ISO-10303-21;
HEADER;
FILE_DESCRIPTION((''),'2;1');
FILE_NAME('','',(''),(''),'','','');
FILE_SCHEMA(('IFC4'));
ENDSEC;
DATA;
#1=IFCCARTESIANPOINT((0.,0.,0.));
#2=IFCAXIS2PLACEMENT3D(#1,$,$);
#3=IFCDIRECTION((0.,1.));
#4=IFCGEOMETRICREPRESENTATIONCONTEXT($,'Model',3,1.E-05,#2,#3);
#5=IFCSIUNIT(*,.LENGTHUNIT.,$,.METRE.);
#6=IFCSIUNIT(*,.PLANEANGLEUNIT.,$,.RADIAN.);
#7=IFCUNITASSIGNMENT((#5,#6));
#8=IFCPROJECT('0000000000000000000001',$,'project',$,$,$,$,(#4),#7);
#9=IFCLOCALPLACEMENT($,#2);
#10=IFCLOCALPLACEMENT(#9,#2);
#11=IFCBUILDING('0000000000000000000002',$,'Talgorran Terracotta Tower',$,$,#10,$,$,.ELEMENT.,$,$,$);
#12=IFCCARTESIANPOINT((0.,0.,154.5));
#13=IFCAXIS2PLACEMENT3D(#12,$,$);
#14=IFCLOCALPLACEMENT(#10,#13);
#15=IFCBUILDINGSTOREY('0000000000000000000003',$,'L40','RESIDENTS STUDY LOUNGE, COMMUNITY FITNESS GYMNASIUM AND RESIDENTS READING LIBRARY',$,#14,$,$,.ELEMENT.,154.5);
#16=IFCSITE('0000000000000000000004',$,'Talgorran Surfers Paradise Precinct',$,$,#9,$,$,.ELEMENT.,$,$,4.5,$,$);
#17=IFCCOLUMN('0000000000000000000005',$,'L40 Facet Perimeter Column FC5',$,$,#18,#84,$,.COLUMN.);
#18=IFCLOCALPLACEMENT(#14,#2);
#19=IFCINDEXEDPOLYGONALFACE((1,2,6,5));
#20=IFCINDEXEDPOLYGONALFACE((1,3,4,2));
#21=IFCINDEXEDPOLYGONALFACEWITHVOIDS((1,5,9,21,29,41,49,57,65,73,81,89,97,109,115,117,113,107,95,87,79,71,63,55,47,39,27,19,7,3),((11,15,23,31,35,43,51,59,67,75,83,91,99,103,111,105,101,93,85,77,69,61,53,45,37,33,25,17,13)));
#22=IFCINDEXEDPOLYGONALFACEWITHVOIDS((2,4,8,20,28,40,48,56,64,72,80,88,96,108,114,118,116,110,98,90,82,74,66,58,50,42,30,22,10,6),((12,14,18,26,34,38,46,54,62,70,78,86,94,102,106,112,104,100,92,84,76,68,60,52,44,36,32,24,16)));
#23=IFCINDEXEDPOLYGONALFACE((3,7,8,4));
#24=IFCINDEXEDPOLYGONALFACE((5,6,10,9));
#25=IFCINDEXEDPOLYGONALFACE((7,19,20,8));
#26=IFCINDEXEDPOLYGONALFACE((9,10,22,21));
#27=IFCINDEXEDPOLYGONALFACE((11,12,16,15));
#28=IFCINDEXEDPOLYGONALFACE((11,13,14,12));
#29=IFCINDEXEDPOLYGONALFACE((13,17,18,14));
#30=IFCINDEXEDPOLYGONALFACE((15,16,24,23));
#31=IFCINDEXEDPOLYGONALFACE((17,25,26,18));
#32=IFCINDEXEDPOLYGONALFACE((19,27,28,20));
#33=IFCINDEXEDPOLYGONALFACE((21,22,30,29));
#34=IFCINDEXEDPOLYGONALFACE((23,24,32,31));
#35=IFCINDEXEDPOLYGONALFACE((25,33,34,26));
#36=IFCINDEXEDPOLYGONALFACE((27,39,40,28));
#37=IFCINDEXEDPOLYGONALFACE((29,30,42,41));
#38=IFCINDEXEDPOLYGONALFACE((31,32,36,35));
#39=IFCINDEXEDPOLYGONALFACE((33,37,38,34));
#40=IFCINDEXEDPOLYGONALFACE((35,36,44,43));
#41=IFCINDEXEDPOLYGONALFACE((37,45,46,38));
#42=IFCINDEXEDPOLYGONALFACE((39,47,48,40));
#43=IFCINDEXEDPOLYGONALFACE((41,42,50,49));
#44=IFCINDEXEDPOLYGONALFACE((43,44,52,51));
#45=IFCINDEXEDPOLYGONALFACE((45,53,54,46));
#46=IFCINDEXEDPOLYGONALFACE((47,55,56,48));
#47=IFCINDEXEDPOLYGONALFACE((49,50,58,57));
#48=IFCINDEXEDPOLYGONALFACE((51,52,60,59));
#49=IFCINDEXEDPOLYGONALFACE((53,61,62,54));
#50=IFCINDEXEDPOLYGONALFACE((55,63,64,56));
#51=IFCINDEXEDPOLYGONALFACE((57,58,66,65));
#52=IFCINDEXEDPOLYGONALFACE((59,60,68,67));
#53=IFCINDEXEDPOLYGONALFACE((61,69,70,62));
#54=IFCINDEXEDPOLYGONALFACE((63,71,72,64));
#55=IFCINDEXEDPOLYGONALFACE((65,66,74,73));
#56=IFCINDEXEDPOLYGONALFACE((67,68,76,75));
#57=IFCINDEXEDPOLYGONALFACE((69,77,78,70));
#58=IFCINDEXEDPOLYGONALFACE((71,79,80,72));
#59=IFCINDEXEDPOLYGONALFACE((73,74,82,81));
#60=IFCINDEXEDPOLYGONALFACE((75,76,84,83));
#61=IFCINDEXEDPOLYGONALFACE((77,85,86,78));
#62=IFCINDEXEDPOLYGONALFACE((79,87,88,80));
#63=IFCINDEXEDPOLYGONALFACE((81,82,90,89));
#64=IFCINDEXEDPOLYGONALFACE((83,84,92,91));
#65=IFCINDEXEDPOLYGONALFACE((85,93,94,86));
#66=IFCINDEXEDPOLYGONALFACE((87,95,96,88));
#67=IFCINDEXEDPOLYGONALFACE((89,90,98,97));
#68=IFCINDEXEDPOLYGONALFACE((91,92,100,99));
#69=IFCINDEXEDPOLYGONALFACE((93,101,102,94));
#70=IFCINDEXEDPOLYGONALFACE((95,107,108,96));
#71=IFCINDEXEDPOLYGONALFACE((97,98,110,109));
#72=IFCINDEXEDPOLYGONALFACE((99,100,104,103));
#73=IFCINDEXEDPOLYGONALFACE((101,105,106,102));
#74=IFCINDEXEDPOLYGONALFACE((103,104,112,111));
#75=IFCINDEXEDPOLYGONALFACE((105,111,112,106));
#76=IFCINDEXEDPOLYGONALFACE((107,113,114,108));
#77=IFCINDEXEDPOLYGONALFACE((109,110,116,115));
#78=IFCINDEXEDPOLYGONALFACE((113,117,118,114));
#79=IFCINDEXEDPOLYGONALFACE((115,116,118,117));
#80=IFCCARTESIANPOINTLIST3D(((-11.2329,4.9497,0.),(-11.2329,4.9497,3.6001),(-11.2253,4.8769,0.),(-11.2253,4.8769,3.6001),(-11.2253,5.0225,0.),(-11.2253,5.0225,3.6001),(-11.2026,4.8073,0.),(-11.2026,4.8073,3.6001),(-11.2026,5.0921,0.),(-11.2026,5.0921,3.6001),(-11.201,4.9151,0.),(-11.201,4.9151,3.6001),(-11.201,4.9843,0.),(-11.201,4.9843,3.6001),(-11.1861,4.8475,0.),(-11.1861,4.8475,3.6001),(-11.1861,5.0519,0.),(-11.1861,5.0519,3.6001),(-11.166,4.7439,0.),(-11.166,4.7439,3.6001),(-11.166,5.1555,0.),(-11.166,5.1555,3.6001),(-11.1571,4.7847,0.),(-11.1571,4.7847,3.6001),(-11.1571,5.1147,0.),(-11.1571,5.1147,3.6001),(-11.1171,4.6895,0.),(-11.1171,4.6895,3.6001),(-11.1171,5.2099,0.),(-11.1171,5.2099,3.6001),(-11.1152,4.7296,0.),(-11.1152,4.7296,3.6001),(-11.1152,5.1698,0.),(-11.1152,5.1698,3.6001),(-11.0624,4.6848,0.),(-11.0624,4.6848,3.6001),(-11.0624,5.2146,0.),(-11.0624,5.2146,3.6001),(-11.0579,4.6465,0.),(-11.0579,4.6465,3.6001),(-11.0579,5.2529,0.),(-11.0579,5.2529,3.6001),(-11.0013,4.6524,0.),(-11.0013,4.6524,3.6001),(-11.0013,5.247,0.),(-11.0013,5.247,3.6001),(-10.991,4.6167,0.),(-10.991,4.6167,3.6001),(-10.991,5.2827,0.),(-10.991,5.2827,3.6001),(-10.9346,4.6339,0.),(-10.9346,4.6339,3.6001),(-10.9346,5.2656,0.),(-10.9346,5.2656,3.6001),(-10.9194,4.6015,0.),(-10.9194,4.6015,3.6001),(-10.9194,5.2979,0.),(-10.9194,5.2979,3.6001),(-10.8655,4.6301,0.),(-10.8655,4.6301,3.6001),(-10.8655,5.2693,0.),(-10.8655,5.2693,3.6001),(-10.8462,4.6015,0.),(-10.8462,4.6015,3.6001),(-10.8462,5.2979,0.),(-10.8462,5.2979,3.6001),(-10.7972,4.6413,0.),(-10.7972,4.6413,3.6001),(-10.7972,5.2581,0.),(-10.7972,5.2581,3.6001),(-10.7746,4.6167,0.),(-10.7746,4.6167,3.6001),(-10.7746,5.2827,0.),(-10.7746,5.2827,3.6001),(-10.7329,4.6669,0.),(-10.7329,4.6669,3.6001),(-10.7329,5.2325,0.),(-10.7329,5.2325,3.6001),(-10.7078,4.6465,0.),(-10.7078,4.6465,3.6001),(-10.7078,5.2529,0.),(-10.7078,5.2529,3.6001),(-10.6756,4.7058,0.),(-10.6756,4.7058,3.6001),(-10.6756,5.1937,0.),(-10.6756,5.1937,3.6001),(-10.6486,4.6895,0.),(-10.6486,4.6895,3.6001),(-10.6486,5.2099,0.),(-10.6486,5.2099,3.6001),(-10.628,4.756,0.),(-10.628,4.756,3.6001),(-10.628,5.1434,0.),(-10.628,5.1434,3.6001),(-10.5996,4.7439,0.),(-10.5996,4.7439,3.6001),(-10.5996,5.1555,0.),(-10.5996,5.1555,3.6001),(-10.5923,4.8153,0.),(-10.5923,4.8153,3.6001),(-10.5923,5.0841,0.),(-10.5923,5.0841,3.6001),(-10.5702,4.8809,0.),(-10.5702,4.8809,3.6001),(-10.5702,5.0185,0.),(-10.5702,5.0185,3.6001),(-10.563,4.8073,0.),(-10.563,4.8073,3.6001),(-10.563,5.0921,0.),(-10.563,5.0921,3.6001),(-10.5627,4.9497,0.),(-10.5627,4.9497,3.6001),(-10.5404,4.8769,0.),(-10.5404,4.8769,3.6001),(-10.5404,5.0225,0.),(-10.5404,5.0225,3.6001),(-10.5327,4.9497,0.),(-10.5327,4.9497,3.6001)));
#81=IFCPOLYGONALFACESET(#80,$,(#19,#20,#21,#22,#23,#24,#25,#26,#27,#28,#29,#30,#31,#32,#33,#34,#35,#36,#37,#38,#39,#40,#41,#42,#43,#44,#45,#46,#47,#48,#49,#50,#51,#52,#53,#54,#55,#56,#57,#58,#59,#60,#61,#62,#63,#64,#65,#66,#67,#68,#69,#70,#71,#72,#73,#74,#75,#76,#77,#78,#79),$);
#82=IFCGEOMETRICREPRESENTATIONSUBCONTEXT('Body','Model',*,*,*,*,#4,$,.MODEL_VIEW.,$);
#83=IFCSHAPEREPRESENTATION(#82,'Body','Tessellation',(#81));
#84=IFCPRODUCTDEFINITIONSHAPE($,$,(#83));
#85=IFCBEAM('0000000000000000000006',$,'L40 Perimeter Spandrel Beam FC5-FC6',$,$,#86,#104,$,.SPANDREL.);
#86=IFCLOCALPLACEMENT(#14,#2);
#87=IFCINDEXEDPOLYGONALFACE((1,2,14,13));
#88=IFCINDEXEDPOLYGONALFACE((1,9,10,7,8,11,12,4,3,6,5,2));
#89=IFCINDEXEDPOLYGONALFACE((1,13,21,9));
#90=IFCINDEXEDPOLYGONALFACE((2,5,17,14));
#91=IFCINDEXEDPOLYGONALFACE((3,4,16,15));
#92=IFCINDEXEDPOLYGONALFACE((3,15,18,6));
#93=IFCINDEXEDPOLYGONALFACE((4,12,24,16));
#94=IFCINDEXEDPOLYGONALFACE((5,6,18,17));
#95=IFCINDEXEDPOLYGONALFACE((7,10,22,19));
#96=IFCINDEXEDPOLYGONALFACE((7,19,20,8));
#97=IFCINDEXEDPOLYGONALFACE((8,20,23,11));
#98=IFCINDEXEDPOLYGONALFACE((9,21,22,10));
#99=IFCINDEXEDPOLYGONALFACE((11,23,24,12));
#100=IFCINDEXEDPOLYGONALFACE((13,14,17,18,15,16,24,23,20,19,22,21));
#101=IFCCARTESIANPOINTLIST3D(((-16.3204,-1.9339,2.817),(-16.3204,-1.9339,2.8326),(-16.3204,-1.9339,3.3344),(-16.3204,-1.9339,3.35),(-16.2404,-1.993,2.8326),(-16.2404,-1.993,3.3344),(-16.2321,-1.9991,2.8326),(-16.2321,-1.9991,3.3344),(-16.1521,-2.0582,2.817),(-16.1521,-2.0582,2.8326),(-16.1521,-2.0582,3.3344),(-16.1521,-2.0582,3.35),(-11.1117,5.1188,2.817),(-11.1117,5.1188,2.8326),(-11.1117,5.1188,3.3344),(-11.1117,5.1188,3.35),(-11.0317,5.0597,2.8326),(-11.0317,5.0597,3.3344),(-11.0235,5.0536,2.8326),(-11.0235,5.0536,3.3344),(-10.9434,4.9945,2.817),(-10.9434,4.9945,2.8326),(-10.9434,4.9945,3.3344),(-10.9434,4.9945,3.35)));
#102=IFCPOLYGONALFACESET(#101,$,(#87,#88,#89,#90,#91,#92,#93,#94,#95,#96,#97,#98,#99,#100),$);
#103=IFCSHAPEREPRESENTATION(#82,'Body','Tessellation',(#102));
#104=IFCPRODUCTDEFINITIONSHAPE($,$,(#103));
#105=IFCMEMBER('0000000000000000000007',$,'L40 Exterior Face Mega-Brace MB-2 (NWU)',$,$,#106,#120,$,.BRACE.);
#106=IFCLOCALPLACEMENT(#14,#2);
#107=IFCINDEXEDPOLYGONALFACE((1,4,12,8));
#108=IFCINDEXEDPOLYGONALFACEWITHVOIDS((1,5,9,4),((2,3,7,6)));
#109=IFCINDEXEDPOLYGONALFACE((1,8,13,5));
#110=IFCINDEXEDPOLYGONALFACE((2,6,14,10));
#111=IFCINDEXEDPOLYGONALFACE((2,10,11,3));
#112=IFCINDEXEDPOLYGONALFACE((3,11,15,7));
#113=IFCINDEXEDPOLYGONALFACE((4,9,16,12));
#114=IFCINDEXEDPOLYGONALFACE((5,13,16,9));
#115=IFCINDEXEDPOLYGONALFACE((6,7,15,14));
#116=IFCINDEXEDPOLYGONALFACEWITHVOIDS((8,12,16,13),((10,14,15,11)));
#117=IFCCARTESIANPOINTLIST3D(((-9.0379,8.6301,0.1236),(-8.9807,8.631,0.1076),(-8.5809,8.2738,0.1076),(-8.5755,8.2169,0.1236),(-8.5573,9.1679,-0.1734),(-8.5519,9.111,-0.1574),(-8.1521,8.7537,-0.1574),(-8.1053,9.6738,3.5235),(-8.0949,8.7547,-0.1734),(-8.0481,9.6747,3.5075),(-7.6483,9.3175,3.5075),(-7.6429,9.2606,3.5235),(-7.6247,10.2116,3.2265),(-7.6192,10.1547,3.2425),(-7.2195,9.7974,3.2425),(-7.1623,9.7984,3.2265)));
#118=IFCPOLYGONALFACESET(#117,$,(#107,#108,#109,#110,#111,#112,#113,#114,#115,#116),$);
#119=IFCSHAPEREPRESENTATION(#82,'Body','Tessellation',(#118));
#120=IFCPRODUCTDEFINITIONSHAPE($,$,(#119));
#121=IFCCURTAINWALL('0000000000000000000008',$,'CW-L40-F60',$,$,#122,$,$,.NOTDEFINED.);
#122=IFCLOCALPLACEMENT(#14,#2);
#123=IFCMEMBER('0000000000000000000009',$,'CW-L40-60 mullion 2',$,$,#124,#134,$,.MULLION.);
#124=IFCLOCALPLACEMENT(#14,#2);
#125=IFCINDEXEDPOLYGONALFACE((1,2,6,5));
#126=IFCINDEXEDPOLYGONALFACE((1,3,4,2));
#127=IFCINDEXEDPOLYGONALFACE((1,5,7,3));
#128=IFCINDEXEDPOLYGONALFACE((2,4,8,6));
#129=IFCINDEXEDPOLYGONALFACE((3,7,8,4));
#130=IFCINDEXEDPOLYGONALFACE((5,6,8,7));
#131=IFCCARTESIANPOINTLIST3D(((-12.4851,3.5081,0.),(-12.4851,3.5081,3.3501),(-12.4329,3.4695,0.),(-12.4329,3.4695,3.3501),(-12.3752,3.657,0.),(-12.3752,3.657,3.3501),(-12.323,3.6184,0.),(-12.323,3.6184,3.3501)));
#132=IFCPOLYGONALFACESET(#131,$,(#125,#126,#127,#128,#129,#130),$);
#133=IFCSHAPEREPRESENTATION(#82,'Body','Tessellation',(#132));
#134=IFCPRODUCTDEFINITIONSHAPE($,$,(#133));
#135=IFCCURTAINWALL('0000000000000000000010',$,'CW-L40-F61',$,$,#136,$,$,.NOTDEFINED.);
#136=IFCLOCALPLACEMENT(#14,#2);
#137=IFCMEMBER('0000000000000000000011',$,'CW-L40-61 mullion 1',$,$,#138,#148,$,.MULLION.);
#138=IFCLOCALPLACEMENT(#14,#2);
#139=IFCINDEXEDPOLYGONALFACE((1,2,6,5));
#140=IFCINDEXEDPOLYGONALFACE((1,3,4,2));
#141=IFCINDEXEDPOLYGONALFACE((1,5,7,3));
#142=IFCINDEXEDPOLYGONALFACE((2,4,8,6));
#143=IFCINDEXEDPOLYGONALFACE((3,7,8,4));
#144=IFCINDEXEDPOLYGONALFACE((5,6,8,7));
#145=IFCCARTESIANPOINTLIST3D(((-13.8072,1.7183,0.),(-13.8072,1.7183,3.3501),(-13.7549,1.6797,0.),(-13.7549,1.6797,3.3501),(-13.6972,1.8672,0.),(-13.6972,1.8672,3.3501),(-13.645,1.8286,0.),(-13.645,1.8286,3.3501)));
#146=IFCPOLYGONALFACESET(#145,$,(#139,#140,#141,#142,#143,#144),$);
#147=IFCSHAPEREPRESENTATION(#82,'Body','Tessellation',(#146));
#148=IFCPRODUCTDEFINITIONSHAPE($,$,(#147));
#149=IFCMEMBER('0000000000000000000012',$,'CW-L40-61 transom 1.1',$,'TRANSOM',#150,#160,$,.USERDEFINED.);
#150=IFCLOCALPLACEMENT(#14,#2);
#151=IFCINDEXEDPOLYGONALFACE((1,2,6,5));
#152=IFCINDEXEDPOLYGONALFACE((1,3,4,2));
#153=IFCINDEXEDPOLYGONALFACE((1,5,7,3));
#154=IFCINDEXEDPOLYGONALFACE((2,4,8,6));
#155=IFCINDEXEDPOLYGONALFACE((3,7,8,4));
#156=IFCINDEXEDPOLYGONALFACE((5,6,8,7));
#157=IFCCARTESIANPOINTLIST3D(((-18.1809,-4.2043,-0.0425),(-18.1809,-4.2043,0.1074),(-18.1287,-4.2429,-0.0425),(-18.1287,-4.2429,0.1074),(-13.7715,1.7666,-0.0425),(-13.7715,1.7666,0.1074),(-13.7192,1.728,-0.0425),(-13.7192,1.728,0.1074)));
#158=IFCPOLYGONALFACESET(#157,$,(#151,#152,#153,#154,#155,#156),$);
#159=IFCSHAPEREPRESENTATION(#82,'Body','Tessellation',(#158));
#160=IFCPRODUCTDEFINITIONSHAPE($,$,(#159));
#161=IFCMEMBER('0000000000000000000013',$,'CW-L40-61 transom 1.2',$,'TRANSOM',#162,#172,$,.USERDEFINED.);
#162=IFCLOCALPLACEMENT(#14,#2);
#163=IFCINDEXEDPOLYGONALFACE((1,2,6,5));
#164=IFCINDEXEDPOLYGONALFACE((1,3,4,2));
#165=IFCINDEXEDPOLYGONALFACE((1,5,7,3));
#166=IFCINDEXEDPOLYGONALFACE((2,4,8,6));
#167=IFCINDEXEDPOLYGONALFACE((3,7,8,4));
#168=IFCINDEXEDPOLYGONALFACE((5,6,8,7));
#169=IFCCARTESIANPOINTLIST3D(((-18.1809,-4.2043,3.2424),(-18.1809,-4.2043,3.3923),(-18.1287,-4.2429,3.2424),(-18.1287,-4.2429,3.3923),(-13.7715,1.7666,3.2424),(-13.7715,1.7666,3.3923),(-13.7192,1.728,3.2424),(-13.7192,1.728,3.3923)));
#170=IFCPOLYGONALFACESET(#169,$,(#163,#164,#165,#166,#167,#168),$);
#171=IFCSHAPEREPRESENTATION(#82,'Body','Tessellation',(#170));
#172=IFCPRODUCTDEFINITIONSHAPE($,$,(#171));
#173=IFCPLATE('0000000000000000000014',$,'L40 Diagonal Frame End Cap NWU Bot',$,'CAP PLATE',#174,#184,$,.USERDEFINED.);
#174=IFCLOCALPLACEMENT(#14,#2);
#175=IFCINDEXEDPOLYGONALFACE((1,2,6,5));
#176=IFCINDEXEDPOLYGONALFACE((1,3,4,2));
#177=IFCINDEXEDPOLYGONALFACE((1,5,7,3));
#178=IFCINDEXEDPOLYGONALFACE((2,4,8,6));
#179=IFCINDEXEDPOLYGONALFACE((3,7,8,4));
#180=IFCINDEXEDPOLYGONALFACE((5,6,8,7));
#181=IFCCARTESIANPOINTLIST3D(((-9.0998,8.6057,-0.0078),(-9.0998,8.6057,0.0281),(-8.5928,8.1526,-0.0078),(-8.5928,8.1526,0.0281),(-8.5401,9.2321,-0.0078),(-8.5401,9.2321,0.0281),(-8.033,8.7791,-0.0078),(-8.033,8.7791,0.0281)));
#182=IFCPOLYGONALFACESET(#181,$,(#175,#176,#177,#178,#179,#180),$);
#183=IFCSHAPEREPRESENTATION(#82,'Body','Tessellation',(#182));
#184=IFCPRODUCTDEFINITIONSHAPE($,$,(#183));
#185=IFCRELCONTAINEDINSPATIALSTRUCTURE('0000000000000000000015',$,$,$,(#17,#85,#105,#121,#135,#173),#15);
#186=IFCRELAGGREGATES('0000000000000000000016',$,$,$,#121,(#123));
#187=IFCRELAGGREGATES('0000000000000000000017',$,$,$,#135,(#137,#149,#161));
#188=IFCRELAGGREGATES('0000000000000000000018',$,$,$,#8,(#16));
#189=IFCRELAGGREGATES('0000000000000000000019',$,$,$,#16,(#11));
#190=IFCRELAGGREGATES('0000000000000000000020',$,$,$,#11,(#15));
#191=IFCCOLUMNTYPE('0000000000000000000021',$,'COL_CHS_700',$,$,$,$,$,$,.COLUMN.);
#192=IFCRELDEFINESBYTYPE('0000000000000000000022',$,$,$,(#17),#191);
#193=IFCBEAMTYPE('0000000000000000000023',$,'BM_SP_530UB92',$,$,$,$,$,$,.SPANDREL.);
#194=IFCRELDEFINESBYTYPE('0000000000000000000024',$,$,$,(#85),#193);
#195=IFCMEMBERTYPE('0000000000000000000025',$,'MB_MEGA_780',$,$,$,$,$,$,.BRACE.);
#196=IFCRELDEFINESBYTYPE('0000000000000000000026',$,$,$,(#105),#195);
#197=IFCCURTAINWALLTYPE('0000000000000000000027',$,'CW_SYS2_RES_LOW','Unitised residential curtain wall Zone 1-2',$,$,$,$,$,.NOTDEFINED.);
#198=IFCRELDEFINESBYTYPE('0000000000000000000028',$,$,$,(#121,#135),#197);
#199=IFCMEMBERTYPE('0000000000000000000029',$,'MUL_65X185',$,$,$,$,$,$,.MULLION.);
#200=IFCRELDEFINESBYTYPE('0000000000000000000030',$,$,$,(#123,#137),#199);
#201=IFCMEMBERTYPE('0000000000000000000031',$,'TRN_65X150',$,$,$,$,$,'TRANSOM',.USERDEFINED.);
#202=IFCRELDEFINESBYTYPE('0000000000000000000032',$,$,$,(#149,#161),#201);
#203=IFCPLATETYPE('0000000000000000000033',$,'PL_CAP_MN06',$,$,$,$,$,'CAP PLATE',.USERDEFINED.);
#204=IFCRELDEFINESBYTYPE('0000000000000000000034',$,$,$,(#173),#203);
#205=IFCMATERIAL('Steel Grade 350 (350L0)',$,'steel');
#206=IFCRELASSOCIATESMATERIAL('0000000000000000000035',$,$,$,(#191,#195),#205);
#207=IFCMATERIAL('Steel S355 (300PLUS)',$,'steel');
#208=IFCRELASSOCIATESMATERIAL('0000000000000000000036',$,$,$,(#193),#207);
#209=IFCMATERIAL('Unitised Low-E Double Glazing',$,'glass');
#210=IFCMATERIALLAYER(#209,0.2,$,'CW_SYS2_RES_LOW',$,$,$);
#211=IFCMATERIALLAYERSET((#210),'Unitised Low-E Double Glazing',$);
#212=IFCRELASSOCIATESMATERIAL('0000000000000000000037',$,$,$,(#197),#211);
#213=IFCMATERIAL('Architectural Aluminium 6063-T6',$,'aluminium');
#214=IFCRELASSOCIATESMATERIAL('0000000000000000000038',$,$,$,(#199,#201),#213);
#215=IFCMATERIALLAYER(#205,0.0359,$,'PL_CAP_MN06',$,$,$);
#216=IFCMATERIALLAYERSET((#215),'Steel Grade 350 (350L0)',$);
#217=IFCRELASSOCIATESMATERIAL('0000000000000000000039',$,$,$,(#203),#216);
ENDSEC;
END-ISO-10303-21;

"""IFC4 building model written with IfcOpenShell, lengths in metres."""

from ifc_helpers import new_model, si_unit, direction, frame, origin, origin_2d, place, context, subcontext, project, spatial, rectangle, hollow_rectangle, hollow_circle, i_section, extrude, material, layer, layer_set, material_profile, profile_set, type_object, element, aggregate, save


model = new_model("IFC4")

# Units and contexts
model_context = context("Model", 3, precision=1e-05, world=origin(), true_north=direction((0.0, 1.0)))
body_context = subcontext(model_context, "Body", "Model", "MODEL_VIEW")
ifc_project = project(units=[si_unit("LENGTHUNIT", "METRE"), si_unit("PLANEANGLEUNIT", "RADIAN")], contexts=[model_context])

# Site, building, storey
site_placement = place(None, origin())
site = spatial("IfcSite", under=ifc_project, at=site_placement, Name="Talgorran Surfers Paradise Precinct", CompositionType="ELEMENT", RefElevation=4.5)
building_placement = place(site_placement, origin())
building = spatial("IfcBuilding", under=site, at=building_placement, Name="Talgorran Terracotta Tower", CompositionType="ELEMENT")
storey_placement = place(building_placement, frame((0.0, 0.0, 154.5)))
storey = spatial("IfcBuildingStorey", under=building, at=storey_placement, Name="L40", Description="RESIDENTS STUDY LOUNGE, COMMUNITY FITNESS GYMNASIUM AND RESIDENTS READING LIBRARY", CompositionType="ELEMENT", Elevation=154.5)

# Column
ifc_material_1 = material(Name="Steel Grade 350 (350L0)", Category="steel")
ifc_material_profile_1 = material_profile(ifc_material_1, hollow_circle(Radius=0.3501, WallThickness=0.03, at=origin_2d()), Name="CHS700X30")
ifc_profile_set_1 = profile_set([ifc_material_profile_1], Name="Steel Grade 350 (350L0)")
column_type = type_object("IfcColumnType", Name="COL_CHS_700", PredefinedType="COLUMN", material=ifc_profile_set_1)
column_placement = place(storey_placement, frame((-10.8828, 4.9497, 0.0), z_axis=(0.0, 0.0, 1.0), x_axis=(1.0, 0.0, 0.0)))
element("IfcColumn", 1, at=column_placement, inside=storey, type_object=column_type, Name="L40 Facet Perimeter Column FC5", PredefinedType="COLUMN", context=body_context, shape_type="SweptSolid", body=[
    extrude(hollow_circle(Radius=0.3501, WallThickness=0.03, at=origin_2d()), origin(), (0.0, 0.0, 1.0), 3.6001),
])

# Beam
ifc_material_2 = material(Name="Steel S355 (300PLUS)", Category="steel")
ifc_material_profile_2 = material_profile(ifc_material_2, i_section(OverallWidth=0.2092, OverallDepth=0.533, WebThickness=0.0103, FlangeThickness=0.0156, at=origin_2d()), Name="530UB92.4")
ifc_profile_set_2 = profile_set([ifc_material_profile_2], Name="Steel S355 (300PLUS)")
beam_type = type_object("IfcBeamType", Name="BM_SP_530UB92", PredefinedType="SPANDREL", material=ifc_profile_set_2)
beam_placement = place(storey_placement, frame((-11.0276, 5.0566, 3.0835), z_axis=(-0.594085, -0.804402, 0.0), x_axis=(0.804402, -0.594085, 0.0)))
element("IfcBeam", 2, at=beam_placement, inside=storey, type_object=beam_type, Name="L40 Perimeter Spandrel Beam FC5-FC6", PredefinedType="SPANDREL", context=body_context, shape_type="SweptSolid", body=[
    extrude(i_section(OverallWidth=0.2092, OverallDepth=0.533, WebThickness=0.0103, FlangeThickness=0.0156, at=origin_2d()), origin(), (0.0, 0.0, 1.0), 8.7676),
])

# Member
ifc_material_profile_3 = material_profile(ifc_material_1, hollow_rectangle(XDim=0.6201, YDim=0.78, WallThickness=0.042, at=origin_2d()), Name="WBOX780X620X42")
ifc_profile_set_3 = profile_set([ifc_material_profile_3], Name="Steel Grade 350 (350L0)")
member_type_1 = type_object("IfcMemberType", Name="MB_MEGA_780", PredefinedType="BRACE", material=ifc_profile_set_3)
member_1_placement = place(storey_placement, frame((-8.5664, 8.6924, -0.0249), z_axis=(0.253653, 0.283866, 0.924705), x_axis=(-0.745675, 0.66631, 0.0)))
element("IfcMember", 3, at=member_1_placement, inside=storey, type_object=member_type_1, Name="L40 Exterior Face Mega-Brace MB-2 (NWU)", PredefinedType="BRACE", context=body_context, shape_type="SweptSolid", body=[
    extrude(hollow_rectangle(XDim=0.6201, YDim=0.78, WallThickness=0.042, at=origin_2d()), origin(), (0.0, 0.0, 1.0), 3.6768),
])

# Curtain wall, member
ifc_material_3 = material(Name="Unitised Low-E Double Glazing", Category="glass")
ifc_layer_1 = layer(ifc_material_3, 0.2, Name="CW_SYS2_RES_LOW")
ifc_layer_set_1 = layer_set([ifc_layer_1], Name="Unitised Low-E Double Glazing")
curtain_wall_type = type_object("IfcCurtainWallType", Name="CW_SYS2_RES_LOW", Description="Unitised residential curtain wall Zone 1-2", PredefinedType="NOTDEFINED", material=ifc_layer_set_1)
curtain_wall_1_placement = place(storey_placement, origin())
curtain_wall_1 = element("IfcCurtainWall", 4, at=curtain_wall_1_placement, inside=storey, type_object=curtain_wall_type, Name="CW-L40-F60", PredefinedType="NOTDEFINED")
ifc_material_4 = material(Name="Architectural Aluminium 6063-T6", Category="aluminium")
ifc_material_profile_4 = material_profile(ifc_material_4, rectangle(XDim=0.0649, YDim=0.1851, at=origin_2d()), Name="CWM65X185")
ifc_profile_set_4 = profile_set([ifc_material_profile_4], Name="Architectural Aluminium 6063-T6")
member_type_2 = type_object("IfcMemberType", Name="MUL_65X185", PredefinedType="MULLION", material=ifc_profile_set_4)
member_2_placement = place(storey_placement, frame((-12.4041, 3.5632, 0.0), z_axis=(0.0, 0.0, 1.0), x_axis=(0.804412, -0.594072, 0.0)))
member_2 = element("IfcMember", 5, at=member_2_placement, type_object=member_type_2, Name="CW-L40-60 mullion 2", PredefinedType="MULLION", context=body_context, shape_type="SweptSolid", body=[
    extrude(rectangle(XDim=0.0649, YDim=0.1851, at=origin_2d()), origin(), (0.0, 0.0, 1.0), 3.3501),
])

# Curtain wall, members
curtain_wall_2_placement = place(storey_placement, origin())
curtain_wall_2 = element("IfcCurtainWall", 6, at=curtain_wall_2_placement, inside=storey, type_object=curtain_wall_type, Name="CW-L40-F61", PredefinedType="NOTDEFINED")
member_3_placement = place(storey_placement, frame((-13.7261, 1.7734, 0.0), z_axis=(0.0, 0.0, 1.0), x_axis=(0.80441, -0.594074, 0.0)))
member_3 = element("IfcMember", 7, at=member_3_placement, type_object=member_type_2, Name="CW-L40-61 mullion 1", PredefinedType="MULLION", context=body_context, shape_type="SweptSolid", body=[
    extrude(rectangle(XDim=0.0649, YDim=0.1851, at=origin_2d()), origin(), (0.0, 0.0, 1.0), 3.3501),
])
ifc_material_profile_5 = material_profile(ifc_material_4, rectangle(XDim=0.0649, YDim=0.1499, at=origin_2d()), Name="CWT65X150")
ifc_profile_set_5 = profile_set([ifc_material_profile_5], Name="Architectural Aluminium 6063-T6")
member_type_3 = type_object("IfcMemberType", Name="TRN_65X150", ElementType="TRANSOM", PredefinedType="USERDEFINED", material=ifc_profile_set_5)
member_4_placement = place(storey_placement, frame((-13.7454, 1.7473, 0.0325), z_axis=(-0.594053, -0.804426, 0.0), x_axis=(0.804426, -0.594053, 0.0)))
member_4 = element("IfcMember", 8, at=member_4_placement, type_object=member_type_3, Name="CW-L40-61 transom 1.1", ObjectType="TRANSOM", PredefinedType="USERDEFINED", context=body_context, shape_type="SweptSolid", body=[
    extrude(rectangle(XDim=0.0649, YDim=0.1499, at=origin_2d()), origin(), (0.0, 0.0, 1.0), 7.4226),
])
member_5_placement = place(storey_placement, frame((-13.7454, 1.7473, 3.3174), z_axis=(-0.594053, -0.804426, 0.0), x_axis=(0.804426, -0.594053, 0.0)))
member_5 = element("IfcMember", 9, at=member_5_placement, type_object=member_type_3, Name="CW-L40-61 transom 1.2", ObjectType="TRANSOM", PredefinedType="USERDEFINED", context=body_context, shape_type="SweptSolid", body=[
    extrude(rectangle(XDim=0.0649, YDim=0.1499, at=origin_2d()), origin(), (0.0, 0.0, 1.0), 7.4226),
])

# Plate
ifc_layer_2 = layer(ifc_material_1, 0.0359, Name="PL_CAP_MN06")
ifc_layer_set_2 = layer_set([ifc_layer_2], Name="Steel Grade 350 (350L0)")
plate_type_1 = type_object("IfcPlateType", Name="PL_CAP_MN06", ElementType="CAP PLATE", PredefinedType="USERDEFINED", material=ifc_layer_set_2)
plate_1_placement = place(storey_placement, frame((-8.5664, 8.6924, -0.0078), z_axis=(0.0, 0.0, 1.0), x_axis=(0.666272, 0.745709, 0.0)))
element("IfcPlate", 10, at=plate_1_placement, inside=storey, type_object=plate_type_1, Name="L40 Diagonal Frame End Cap NWU Bot", ObjectType="CAP PLATE", PredefinedType="USERDEFINED", context=body_context, shape_type="SweptSolid", body=[
    extrude(rectangle(XDim=0.8401, YDim=0.6799, at=origin_2d()), origin(), (0.0, 0.0, 1.0), 0.0359),
])

aggregate(curtain_wall_1, [member_2])
aggregate(curtain_wall_2, [member_3, member_4, member_5])

save(model, "model.ifc")
